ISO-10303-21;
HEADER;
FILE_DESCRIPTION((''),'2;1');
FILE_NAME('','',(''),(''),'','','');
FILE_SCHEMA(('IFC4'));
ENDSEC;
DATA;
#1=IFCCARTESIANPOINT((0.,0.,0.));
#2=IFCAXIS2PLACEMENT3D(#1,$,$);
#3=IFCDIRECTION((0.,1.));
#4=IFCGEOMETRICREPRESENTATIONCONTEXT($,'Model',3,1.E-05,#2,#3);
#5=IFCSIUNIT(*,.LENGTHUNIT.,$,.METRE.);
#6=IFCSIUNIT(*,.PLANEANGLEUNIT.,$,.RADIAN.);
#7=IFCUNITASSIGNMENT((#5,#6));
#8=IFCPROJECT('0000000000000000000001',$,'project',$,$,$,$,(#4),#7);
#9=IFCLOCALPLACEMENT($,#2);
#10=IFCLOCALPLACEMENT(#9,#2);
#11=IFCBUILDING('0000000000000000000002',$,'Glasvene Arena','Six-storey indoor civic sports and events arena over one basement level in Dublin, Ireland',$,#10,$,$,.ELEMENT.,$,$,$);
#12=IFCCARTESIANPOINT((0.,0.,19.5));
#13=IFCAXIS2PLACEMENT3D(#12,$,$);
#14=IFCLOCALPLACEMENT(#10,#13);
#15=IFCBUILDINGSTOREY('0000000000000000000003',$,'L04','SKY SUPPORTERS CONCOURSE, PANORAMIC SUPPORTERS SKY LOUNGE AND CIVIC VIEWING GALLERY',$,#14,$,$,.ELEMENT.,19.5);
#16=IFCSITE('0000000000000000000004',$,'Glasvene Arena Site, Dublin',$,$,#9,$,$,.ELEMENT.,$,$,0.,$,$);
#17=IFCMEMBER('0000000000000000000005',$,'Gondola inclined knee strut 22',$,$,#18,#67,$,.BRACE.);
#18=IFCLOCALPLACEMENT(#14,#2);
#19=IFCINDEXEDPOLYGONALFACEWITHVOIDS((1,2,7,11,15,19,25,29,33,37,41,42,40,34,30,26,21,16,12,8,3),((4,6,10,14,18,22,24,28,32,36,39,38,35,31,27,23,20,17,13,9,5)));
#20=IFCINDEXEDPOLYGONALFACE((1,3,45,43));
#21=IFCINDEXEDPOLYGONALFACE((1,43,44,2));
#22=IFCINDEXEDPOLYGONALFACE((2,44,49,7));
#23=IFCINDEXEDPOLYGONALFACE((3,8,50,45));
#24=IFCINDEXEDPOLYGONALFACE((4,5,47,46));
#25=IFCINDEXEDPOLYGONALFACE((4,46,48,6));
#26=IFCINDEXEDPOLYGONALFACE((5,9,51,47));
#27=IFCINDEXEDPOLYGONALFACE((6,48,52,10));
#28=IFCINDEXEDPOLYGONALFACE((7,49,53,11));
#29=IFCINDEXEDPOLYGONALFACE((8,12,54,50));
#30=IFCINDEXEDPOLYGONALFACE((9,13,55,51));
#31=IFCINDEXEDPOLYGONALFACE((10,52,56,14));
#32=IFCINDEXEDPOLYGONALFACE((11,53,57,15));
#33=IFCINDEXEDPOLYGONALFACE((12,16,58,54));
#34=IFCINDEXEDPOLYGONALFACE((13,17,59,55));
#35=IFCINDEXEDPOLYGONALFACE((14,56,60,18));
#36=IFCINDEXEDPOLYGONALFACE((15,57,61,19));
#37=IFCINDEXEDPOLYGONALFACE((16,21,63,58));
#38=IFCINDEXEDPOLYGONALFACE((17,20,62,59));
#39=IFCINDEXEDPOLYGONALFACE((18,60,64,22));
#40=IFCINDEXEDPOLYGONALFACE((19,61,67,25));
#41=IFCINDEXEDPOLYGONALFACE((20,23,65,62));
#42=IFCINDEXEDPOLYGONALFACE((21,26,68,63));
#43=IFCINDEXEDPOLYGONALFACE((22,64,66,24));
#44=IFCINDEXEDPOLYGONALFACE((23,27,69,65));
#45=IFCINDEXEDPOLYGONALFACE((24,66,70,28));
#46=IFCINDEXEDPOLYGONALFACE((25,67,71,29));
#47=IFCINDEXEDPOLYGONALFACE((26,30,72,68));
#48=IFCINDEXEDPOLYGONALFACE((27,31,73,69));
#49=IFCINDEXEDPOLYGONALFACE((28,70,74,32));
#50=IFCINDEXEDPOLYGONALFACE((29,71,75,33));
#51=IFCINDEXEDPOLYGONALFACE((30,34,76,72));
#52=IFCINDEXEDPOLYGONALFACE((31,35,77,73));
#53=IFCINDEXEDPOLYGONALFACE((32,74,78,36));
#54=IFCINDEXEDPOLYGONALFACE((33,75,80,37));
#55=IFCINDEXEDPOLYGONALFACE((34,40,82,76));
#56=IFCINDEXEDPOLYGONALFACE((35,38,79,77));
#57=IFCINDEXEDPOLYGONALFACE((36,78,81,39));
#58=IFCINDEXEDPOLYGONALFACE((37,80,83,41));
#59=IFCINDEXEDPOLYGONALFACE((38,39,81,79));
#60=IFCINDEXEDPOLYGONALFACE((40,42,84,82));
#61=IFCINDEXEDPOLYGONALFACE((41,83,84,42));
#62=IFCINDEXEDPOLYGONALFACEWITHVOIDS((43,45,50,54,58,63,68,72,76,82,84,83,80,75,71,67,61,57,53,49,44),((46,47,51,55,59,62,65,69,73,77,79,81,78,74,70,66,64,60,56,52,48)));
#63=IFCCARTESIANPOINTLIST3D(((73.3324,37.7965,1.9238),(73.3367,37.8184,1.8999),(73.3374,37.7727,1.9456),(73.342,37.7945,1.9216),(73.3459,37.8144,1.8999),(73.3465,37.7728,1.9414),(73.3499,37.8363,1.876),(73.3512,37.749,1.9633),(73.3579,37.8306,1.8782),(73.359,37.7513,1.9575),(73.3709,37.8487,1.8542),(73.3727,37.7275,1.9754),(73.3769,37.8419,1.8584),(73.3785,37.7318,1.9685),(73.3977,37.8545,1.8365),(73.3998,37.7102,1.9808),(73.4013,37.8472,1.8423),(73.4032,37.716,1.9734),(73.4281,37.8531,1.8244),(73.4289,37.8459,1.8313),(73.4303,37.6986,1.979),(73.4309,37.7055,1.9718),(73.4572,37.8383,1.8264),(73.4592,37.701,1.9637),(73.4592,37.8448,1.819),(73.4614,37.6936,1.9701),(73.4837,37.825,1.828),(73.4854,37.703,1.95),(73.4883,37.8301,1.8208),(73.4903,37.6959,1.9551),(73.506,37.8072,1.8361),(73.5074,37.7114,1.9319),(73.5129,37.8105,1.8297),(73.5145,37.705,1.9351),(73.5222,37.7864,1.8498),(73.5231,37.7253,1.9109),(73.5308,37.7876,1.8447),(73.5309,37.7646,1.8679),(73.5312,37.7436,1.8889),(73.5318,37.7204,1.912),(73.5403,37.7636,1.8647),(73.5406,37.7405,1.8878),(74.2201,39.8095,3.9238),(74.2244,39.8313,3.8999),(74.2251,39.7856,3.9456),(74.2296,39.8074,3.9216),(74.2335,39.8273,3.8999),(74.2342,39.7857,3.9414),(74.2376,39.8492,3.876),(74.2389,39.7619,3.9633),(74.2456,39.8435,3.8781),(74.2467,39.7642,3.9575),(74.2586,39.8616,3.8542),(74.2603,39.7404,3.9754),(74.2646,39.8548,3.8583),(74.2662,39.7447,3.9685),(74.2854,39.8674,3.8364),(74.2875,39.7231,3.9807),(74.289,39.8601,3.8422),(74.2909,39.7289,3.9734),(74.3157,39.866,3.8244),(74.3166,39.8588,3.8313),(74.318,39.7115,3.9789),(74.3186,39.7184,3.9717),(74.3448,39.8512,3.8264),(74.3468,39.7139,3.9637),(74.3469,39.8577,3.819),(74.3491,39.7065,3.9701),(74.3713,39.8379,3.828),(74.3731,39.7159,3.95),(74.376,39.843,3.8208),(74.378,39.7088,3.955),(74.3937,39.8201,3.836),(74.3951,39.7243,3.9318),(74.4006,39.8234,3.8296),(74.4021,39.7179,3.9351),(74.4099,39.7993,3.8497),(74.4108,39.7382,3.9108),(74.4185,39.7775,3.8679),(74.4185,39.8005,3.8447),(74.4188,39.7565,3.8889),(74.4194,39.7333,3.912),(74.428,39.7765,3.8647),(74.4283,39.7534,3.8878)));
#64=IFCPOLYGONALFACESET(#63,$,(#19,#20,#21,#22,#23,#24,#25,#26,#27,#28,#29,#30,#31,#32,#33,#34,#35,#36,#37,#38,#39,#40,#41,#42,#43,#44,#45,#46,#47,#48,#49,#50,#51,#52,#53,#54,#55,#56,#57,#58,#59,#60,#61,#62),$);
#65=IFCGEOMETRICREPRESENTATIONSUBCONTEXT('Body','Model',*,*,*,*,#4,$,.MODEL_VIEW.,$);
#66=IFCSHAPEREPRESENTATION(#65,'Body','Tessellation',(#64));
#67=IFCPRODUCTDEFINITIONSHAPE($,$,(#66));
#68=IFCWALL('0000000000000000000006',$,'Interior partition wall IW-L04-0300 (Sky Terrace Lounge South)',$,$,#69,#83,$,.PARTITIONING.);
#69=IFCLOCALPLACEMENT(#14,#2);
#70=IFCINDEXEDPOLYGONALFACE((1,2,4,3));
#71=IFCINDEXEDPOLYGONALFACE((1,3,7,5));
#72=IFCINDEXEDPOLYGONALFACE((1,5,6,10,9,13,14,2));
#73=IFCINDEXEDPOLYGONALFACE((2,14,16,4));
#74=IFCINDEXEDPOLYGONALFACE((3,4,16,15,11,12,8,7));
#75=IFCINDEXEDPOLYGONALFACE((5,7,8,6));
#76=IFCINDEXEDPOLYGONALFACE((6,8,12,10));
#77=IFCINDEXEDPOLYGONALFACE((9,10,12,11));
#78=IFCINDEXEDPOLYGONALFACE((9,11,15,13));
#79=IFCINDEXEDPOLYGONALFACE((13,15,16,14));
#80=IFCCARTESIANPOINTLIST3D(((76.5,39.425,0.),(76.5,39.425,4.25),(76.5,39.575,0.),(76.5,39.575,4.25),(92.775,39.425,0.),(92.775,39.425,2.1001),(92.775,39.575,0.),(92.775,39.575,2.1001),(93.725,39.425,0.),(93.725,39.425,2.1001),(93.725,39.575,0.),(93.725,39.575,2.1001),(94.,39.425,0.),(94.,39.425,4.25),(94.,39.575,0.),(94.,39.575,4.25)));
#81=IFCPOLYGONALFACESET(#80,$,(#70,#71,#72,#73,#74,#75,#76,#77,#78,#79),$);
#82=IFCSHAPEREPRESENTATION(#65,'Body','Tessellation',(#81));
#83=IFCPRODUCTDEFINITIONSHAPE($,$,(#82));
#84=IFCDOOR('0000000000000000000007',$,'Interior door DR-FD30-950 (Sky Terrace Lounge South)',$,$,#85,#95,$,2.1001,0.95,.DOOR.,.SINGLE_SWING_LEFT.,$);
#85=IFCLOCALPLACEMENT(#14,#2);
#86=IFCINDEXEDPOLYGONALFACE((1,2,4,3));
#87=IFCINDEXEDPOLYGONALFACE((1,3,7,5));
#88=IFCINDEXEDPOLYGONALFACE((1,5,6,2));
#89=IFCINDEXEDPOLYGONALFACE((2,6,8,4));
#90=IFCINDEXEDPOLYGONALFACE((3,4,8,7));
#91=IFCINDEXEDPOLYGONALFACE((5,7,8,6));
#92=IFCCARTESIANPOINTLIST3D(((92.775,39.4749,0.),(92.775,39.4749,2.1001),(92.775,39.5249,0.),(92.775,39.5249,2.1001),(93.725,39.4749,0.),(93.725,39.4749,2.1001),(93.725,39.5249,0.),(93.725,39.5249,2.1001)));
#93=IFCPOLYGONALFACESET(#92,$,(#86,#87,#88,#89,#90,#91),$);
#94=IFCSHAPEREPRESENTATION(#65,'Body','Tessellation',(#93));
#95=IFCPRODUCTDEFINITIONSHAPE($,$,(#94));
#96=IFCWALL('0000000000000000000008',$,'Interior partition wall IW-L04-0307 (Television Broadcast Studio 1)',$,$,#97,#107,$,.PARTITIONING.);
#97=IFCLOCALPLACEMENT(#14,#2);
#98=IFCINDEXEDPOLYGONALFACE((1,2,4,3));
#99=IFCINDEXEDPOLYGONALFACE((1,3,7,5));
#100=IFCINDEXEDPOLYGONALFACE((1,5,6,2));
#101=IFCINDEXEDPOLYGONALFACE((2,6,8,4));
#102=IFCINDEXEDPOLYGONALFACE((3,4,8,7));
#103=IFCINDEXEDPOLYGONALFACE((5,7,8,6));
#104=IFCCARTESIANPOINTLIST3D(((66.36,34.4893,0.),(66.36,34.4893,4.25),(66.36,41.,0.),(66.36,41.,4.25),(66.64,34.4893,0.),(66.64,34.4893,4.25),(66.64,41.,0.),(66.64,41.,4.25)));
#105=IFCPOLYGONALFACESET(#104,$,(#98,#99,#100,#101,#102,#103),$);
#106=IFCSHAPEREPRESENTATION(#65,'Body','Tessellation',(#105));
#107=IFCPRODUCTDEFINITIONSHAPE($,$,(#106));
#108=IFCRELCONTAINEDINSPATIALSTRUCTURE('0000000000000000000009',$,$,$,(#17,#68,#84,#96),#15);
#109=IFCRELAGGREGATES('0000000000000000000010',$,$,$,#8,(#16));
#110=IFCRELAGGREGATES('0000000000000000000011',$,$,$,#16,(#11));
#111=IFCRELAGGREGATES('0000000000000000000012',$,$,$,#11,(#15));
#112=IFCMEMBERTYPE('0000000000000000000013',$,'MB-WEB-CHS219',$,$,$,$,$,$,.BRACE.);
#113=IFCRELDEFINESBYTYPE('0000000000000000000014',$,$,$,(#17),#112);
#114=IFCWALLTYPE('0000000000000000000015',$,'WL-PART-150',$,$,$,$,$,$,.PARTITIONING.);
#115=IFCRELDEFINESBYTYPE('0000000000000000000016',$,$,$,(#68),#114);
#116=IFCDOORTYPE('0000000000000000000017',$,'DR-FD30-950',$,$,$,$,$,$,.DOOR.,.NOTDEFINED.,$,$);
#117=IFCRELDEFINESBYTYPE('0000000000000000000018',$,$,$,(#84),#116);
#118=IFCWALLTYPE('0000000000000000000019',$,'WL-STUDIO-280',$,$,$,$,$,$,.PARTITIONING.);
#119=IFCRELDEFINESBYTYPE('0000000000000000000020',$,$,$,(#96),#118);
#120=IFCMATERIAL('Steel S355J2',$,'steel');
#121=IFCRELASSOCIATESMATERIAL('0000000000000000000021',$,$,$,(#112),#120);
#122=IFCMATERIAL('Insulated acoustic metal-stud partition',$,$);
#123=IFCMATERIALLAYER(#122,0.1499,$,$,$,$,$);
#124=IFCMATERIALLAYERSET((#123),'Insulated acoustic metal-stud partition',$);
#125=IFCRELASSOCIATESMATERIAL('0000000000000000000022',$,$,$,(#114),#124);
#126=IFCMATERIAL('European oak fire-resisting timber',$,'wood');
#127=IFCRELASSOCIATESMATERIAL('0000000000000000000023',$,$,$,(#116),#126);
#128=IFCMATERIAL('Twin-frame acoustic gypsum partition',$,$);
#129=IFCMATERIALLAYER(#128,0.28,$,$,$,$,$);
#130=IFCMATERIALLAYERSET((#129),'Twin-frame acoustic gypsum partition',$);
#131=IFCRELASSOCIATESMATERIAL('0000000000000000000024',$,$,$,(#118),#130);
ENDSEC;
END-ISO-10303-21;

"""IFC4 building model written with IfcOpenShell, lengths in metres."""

from ifc_helpers import new_model, si_unit, direction, frame, frame_2d, origin, origin_2d, place, context, subcontext, project, spatial, rectangle, hollow_circle, extrude, material, layer, layer_set, material_profile, profile_set, type_object, element, fill, save


model = new_model("IFC4")

# Units and contexts
model_context = context("Model", 3, precision=1e-05, world=origin(), true_north=direction((0.0, 1.0)))
body_context = subcontext(model_context, "Body", "Model", "MODEL_VIEW")
ifc_project = project(units=[si_unit("LENGTHUNIT", "METRE"), si_unit("PLANEANGLEUNIT", "RADIAN")], contexts=[model_context])

# Site, building, storey
site_placement = place(None, origin())
site = spatial("IfcSite", under=ifc_project, at=site_placement, Name="Glasvene Arena Site, Dublin", CompositionType="ELEMENT", RefElevation=0.0)
building_placement = place(site_placement, origin())
building = spatial("IfcBuilding", under=site, at=building_placement, Name="Glasvene Arena", Description="Six-storey indoor civic sports and events arena over one basement level in Dublin, Ireland", CompositionType="ELEMENT")
storey_placement = place(building_placement, frame((0.0, 0.0, 19.5)))
storey = spatial("IfcBuildingStorey", under=building, at=storey_placement, Name="L04", Description="SKY SUPPORTERS CONCOURSE, PANORAMIC SUPPORTERS SKY LOUNGE AND CIVIC VIEWING GALLERY", CompositionType="ELEMENT", Elevation=19.5)

# Shared definitions
ifc_material_1 = material(Name="Steel S355J2", Category="steel")

# Member
ifc_material_profile_1 = material_profile(ifc_material_1, hollow_circle(Radius=0.1096, WallThickness=0.01, at=origin_2d()), Name="CHS 219.1x10.0")
ifc_profile_set_1 = profile_set([ifc_material_profile_1], Name="Steel S355J2")
member_type_1 = type_object("IfcMemberType", Name="MB-WEB-CHS219", PredefinedType="BRACE", material=ifc_profile_set_1)
member_1_placement = place(storey_placement, frame((73.437, 37.7742, 1.8999), z_axis=(0.298565, 0.677028, 0.672676), x_axis=(-0.914979, 0.403501, 0.0)))
element("IfcMember", 1, at=member_1_placement, inside=storey, type_object=member_type_1, Name="Gondola inclined knee strut 22", PredefinedType="BRACE", context=body_context, shape_type="SweptSolid", body=[
    extrude(hollow_circle(Radius=0.1096, WallThickness=0.01, at=origin_2d()), origin(), (0.0, 0.0, 1.0), 2.9731),
])

# Wall, opening, door
ifc_material_2 = material(Name="Insulated acoustic metal-stud partition")
ifc_layer_1 = layer(ifc_material_2, 0.1499)
ifc_layer_set_1 = layer_set([ifc_layer_1], Name="Insulated acoustic metal-stud partition")
wall_type_1 = type_object("IfcWallType", Name="WL-PART-150", PredefinedType="PARTITIONING", material=ifc_layer_set_1)
wall_1_placement = place(storey_placement, frame((76.5, 39.5, 0.0), z_axis=(0.0, 0.0, 1.0), x_axis=(1.0, 0.0, 0.0)))
wall_1 = element("IfcWall", 2, at=wall_1_placement, inside=storey, type_object=wall_type_1, Name="Interior partition wall IW-L04-0300 (Sky Terrace Lounge South)", PredefinedType="PARTITIONING", context=body_context, shape_type="SweptSolid", body=[
    extrude(rectangle(XDim=17.5, YDim=0.1499, at=frame_2d((8.75, 0.0))), origin(), (0.0, 0.0, 1.0), 4.25),
])
opening_placement = place(wall_1_placement, frame((16.2749, 0.0, 0.0)))
opening = element("IfcOpeningElement", 3, at=opening_placement, cuts=wall_1, PredefinedType="OPENING", context=body_context, shape_type="SweptSolid", body=[
    extrude(rectangle(XDim=0.95, YDim=2.1001, at=frame_2d((0.4751, 1.05))), frame((0.0, 0.085, 0.0), z_axis=(0.0, -1.0, 0.0), x_axis=(1.0, 0.0, 0.0)), (0.0, 0.0, 1.0), 0.1699),
])
ifc_material_3 = material(Name="European oak fire-resisting timber", Category="wood")
door_type = type_object("IfcDoorType", Name="DR-FD30-950", OperationType="NOTDEFINED", PredefinedType="DOOR", material=ifc_material_3)
door_placement = place(opening_placement, origin())
door = element("IfcDoor", 4, at=door_placement, inside=storey, type_object=door_type, Name="Interior door DR-FD30-950 (Sky Terrace Lounge South)", OperationType="SINGLE_SWING_LEFT", OverallHeight=2.1001, OverallWidth=0.95, PredefinedType="DOOR", context=body_context, shape_type="SweptSolid", body=[
    extrude(rectangle(XDim=0.95, YDim=2.1001, at=frame_2d((0.4751, 1.05))), frame((0.0, 0.0249, 0.0), z_axis=(0.0, -1.0, 0.0), x_axis=(1.0, 0.0, 0.0)), (0.0, 0.0, 1.0), 0.05),
])
fill(opening, door)

# Wall
ifc_material_4 = material(Name="Twin-frame acoustic gypsum partition")
ifc_layer_2 = layer(ifc_material_4, 0.28)
ifc_layer_set_2 = layer_set([ifc_layer_2], Name="Twin-frame acoustic gypsum partition")
wall_type_2 = type_object("IfcWallType", Name="WL-STUDIO-280", PredefinedType="PARTITIONING", material=ifc_layer_set_2)
wall_2_placement = place(storey_placement, frame((66.5, 41.0, 0.0), z_axis=(0.0, 0.0, 1.0), x_axis=(0.0, -1.0, 0.0)))
element("IfcWall", 5, at=wall_2_placement, inside=storey, type_object=wall_type_2, Name="Interior partition wall IW-L04-0307 (Television Broadcast Studio 1)", PredefinedType="PARTITIONING", context=body_context, shape_type="SweptSolid", body=[
    extrude(rectangle(XDim=6.5107, YDim=0.28, at=frame_2d((3.2554, 0.0))), origin(), (0.0, 0.0, 1.0), 4.25),
])

save(model, "model.ifc")
